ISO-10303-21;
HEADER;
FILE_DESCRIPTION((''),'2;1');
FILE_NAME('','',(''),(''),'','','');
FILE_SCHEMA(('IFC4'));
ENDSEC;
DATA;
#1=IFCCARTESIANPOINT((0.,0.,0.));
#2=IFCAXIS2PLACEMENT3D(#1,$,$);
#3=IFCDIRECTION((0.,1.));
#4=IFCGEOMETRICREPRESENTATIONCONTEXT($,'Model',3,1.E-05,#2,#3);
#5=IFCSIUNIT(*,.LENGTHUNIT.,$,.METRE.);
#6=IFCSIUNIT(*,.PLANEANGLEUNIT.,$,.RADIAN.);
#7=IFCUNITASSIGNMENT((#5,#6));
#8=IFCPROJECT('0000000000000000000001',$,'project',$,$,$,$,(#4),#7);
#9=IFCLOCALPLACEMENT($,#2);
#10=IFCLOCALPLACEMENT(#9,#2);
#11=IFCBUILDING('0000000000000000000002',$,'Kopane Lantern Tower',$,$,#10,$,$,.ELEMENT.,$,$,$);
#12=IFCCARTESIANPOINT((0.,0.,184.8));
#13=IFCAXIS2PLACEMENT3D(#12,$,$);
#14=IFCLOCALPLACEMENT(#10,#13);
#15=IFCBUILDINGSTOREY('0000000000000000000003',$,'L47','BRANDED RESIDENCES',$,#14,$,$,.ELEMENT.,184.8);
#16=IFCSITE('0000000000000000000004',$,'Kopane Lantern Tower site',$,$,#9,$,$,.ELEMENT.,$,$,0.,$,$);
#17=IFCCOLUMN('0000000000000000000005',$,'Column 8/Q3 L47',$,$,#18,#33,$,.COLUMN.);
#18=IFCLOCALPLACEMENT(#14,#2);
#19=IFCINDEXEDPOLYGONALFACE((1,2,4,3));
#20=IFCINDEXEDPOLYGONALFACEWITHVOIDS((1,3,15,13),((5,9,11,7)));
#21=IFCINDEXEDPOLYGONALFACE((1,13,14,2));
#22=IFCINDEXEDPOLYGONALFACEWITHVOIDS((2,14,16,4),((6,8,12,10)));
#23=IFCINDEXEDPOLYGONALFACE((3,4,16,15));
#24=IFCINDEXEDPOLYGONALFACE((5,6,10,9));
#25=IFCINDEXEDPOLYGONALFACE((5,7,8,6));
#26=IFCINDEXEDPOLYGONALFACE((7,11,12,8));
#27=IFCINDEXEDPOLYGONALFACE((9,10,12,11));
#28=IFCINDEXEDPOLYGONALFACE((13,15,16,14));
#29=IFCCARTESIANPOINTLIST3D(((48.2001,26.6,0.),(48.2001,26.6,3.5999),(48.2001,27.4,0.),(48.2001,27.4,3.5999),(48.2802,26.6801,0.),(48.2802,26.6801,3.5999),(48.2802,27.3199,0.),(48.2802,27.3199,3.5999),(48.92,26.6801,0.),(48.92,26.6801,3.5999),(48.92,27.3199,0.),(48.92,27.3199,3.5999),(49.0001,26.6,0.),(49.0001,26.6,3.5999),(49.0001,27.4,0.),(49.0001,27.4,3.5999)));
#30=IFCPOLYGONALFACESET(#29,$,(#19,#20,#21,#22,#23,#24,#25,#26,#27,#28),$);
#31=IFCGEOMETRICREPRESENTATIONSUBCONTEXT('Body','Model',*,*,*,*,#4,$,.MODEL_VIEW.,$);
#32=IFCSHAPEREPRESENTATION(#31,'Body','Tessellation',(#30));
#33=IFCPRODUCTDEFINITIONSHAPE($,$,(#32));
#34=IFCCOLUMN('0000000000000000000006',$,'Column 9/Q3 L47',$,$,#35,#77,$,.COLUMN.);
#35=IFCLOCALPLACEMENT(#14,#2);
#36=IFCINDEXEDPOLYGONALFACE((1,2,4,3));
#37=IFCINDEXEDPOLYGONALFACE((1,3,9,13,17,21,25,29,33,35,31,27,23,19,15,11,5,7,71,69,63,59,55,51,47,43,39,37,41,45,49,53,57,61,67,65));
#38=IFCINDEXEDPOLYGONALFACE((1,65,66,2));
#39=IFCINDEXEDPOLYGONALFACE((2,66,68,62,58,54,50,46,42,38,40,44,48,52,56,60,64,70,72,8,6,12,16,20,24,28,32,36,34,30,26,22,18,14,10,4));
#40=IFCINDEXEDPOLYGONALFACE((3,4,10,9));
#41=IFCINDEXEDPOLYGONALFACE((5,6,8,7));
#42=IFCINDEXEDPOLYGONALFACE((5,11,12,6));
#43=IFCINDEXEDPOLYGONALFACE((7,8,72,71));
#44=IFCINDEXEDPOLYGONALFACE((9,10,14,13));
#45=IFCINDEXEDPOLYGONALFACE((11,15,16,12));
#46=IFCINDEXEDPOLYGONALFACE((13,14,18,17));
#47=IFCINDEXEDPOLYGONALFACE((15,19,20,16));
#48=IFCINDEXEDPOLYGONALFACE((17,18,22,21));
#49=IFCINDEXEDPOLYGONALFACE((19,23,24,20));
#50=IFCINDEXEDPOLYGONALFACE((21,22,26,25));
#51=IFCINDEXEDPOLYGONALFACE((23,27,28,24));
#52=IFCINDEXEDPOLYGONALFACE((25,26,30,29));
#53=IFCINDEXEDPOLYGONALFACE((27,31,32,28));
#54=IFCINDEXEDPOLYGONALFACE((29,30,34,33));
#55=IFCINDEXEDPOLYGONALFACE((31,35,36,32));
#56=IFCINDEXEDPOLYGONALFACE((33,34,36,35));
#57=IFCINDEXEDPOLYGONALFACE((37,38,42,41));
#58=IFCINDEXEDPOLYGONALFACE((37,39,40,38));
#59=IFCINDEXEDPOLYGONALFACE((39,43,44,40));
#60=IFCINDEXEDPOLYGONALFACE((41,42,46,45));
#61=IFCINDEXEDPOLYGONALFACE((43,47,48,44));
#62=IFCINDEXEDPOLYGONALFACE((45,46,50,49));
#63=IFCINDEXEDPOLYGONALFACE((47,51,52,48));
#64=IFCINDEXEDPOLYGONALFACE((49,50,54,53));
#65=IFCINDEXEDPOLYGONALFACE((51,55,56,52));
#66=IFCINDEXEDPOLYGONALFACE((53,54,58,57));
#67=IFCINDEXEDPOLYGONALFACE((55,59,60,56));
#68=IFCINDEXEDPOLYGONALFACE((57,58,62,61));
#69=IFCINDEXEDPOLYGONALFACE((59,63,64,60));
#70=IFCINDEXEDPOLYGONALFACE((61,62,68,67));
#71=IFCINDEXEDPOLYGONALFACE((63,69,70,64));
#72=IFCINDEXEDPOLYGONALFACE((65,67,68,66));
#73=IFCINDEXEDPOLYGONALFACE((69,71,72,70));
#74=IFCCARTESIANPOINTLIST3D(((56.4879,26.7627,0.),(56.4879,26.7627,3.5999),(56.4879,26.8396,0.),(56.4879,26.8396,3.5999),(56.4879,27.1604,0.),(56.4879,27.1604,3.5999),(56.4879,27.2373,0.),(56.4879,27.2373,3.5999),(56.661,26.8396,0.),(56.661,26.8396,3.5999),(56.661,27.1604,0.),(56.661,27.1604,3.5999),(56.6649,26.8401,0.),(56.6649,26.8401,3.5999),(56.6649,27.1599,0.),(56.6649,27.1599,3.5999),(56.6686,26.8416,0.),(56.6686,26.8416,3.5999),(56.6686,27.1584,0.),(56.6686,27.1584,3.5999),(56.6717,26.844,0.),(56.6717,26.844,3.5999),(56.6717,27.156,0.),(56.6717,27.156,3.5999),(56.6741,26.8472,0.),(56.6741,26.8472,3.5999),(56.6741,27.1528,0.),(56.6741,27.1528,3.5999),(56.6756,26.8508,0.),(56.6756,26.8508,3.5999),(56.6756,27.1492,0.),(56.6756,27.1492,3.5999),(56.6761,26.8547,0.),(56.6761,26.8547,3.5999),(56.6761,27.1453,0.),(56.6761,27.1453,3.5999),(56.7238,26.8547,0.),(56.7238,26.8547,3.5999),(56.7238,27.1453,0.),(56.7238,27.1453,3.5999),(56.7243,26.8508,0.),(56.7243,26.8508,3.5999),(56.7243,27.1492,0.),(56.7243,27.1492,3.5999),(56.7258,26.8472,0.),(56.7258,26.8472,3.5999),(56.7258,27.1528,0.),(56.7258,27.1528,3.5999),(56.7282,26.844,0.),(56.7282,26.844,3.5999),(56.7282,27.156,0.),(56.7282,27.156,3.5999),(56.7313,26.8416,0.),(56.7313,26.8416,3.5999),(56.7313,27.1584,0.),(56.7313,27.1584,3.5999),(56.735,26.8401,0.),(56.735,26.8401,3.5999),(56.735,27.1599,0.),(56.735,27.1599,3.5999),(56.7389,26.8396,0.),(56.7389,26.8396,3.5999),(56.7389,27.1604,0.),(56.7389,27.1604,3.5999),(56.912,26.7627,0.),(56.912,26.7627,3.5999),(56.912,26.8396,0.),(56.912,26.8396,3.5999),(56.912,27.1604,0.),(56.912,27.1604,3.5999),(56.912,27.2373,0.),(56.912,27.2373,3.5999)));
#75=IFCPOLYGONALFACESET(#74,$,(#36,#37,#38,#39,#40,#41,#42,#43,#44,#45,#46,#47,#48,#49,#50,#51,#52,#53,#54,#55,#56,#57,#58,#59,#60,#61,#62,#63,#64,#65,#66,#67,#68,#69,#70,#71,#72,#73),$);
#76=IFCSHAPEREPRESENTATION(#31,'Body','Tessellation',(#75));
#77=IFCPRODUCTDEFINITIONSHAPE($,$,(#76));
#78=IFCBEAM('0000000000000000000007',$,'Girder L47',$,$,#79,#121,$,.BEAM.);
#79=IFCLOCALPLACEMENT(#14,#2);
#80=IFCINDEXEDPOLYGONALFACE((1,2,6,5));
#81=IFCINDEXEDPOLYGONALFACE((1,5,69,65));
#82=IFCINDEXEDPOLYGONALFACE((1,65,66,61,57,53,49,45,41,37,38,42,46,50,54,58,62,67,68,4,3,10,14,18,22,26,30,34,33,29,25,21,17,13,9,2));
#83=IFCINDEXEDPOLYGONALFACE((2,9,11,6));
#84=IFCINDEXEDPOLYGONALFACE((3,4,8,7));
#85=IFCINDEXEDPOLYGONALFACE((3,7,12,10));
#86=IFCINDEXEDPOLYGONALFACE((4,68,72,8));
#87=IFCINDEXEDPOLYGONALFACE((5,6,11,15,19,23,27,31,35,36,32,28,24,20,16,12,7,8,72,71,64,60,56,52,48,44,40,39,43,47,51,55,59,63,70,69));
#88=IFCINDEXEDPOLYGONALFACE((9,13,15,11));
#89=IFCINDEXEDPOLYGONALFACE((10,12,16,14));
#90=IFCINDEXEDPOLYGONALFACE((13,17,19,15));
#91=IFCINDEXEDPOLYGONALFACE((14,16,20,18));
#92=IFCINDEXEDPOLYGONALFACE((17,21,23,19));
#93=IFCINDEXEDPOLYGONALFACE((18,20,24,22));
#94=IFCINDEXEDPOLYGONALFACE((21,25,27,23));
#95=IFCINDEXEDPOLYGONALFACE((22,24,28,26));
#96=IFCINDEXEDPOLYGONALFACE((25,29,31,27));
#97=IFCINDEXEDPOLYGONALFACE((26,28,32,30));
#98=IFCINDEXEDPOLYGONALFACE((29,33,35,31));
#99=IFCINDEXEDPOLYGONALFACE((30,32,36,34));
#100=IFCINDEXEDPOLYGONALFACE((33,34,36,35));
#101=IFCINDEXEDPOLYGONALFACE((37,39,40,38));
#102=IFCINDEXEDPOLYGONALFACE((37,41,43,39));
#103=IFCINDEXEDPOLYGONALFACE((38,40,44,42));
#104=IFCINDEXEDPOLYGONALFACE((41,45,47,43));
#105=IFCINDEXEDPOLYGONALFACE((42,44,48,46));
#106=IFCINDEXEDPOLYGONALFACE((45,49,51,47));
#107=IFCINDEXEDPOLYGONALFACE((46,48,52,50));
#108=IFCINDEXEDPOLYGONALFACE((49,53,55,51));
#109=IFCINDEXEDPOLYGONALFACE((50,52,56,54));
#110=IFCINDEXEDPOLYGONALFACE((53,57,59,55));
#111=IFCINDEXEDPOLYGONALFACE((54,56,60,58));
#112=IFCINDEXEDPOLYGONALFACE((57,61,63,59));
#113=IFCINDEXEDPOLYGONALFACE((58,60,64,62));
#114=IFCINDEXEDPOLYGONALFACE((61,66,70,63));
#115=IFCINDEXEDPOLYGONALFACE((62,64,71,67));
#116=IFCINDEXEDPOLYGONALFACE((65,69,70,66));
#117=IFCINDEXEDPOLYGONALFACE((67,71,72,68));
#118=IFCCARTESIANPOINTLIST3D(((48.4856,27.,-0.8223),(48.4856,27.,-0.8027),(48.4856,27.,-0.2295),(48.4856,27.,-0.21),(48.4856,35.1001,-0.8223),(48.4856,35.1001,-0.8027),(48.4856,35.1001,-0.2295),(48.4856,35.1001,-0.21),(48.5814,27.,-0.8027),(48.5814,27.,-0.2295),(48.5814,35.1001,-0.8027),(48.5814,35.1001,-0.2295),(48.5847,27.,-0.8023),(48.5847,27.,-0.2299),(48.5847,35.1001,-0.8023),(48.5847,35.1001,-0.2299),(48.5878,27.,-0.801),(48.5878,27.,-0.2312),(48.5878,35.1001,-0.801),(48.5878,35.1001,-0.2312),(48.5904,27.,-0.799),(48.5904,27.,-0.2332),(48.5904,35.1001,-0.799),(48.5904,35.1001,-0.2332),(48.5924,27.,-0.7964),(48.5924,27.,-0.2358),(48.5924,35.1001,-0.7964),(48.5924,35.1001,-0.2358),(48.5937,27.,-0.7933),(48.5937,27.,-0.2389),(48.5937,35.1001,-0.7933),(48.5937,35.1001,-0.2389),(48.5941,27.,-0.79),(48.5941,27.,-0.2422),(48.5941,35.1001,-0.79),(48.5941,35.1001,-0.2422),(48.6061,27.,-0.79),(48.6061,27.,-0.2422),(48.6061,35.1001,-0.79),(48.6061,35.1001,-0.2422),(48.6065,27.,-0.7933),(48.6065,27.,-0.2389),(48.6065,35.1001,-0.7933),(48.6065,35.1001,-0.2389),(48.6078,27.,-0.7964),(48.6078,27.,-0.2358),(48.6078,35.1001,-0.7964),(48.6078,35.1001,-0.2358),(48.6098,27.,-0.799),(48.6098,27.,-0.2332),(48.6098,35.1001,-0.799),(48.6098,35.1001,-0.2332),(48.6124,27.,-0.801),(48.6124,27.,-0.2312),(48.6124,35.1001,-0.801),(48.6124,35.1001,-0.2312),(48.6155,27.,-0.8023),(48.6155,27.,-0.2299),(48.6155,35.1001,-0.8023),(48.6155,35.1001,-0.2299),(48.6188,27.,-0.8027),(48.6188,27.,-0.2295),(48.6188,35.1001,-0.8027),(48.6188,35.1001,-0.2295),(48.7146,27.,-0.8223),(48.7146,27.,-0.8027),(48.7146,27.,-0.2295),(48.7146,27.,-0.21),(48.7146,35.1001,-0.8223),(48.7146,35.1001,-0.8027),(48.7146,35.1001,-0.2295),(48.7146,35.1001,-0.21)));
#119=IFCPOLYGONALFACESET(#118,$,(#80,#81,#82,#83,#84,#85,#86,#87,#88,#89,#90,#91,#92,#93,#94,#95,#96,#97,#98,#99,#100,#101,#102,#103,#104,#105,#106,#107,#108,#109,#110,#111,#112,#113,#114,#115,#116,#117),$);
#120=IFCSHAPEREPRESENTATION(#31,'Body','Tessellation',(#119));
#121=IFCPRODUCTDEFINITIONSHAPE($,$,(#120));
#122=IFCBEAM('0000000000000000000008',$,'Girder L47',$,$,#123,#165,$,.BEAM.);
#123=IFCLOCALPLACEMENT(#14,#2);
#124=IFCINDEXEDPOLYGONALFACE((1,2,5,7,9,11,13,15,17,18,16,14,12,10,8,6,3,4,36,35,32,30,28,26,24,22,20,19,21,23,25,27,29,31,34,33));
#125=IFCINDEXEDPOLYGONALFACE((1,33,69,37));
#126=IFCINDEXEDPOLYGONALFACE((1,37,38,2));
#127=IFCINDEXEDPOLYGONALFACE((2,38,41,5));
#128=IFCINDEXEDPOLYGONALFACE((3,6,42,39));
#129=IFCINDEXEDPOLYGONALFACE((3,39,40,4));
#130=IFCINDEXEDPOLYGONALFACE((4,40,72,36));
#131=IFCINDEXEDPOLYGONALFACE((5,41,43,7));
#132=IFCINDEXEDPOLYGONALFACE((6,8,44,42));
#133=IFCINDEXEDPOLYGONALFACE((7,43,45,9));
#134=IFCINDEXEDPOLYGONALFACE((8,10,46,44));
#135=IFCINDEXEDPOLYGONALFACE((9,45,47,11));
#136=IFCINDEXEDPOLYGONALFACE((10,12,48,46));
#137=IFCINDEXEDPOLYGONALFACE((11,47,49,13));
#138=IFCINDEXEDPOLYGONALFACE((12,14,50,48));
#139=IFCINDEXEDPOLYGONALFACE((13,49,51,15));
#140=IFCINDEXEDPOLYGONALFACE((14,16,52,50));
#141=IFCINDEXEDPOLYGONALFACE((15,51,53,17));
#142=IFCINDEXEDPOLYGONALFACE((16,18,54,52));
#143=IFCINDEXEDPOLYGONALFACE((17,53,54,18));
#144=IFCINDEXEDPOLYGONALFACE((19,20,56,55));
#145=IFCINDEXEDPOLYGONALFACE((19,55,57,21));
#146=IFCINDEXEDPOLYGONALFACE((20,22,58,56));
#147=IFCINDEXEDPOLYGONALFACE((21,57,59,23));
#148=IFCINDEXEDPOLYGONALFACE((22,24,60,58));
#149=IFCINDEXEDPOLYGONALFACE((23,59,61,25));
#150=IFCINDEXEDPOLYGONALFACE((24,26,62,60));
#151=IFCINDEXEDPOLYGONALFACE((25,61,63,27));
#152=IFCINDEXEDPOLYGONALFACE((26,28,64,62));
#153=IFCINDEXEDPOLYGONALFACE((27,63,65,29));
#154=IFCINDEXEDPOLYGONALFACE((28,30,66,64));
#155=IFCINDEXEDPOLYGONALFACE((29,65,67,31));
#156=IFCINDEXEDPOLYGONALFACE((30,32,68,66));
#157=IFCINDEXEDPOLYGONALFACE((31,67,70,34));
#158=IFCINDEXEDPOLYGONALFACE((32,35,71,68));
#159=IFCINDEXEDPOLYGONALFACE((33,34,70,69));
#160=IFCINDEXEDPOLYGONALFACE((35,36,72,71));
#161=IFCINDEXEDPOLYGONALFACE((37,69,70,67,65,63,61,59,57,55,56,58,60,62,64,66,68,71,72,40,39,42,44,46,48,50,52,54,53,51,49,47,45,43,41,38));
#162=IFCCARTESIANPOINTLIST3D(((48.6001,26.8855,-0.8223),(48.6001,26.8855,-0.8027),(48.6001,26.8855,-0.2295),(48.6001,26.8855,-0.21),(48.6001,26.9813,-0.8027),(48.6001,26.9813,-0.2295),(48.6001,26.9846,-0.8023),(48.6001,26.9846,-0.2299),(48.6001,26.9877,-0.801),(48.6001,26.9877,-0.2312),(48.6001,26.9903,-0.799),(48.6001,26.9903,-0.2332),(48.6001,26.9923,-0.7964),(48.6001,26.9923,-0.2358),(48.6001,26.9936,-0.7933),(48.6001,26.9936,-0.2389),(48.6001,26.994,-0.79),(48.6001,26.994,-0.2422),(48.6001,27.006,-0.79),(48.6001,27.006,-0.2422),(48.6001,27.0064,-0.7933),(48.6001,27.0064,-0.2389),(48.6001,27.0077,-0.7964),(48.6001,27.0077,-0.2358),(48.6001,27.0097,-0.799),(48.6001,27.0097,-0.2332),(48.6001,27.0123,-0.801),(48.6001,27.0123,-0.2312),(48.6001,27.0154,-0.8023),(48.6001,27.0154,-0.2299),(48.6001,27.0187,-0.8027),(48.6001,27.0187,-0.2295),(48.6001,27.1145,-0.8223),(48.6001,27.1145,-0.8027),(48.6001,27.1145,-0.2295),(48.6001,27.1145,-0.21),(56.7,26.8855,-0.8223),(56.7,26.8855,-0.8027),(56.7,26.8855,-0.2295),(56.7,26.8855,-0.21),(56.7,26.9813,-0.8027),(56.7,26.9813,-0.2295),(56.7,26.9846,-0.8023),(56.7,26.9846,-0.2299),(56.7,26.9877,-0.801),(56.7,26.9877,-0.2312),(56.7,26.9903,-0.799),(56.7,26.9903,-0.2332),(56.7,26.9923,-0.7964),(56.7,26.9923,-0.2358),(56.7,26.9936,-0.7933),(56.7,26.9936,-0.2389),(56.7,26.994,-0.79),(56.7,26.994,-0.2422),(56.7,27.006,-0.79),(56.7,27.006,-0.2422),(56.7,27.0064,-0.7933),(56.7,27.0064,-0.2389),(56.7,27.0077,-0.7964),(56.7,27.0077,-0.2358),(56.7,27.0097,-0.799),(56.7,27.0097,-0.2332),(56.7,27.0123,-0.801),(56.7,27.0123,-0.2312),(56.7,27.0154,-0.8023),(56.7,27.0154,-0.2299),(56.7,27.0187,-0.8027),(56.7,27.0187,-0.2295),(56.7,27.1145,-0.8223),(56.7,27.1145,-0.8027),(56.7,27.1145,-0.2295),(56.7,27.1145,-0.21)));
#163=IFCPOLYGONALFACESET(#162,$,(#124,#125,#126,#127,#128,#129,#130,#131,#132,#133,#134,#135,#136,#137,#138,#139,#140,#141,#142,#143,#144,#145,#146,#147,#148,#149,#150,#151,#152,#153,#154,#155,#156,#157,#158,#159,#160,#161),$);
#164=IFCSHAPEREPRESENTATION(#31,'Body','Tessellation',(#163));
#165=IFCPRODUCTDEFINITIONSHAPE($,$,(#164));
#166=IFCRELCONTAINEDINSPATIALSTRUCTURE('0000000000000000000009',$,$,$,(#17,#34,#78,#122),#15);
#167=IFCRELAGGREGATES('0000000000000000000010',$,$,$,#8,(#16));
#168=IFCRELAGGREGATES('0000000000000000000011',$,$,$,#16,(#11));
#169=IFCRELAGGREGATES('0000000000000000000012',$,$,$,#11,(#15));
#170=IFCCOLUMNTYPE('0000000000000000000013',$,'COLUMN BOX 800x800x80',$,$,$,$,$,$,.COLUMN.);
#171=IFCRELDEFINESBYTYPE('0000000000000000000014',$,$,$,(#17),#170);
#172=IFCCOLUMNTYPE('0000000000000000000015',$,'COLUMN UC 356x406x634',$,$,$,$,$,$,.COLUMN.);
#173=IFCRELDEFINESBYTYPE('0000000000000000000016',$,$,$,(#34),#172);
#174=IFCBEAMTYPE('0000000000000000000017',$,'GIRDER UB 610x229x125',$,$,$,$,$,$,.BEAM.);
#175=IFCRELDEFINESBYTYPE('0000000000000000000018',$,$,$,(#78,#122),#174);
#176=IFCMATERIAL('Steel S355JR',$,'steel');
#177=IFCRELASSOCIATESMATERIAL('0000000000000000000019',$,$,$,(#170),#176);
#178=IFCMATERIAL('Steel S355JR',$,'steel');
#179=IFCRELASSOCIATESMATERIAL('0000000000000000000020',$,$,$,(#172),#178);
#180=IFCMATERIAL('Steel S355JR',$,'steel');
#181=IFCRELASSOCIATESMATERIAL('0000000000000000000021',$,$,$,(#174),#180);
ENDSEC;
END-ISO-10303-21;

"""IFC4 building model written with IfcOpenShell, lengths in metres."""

from ifc_helpers import new_model, si_unit, direction, frame, origin, origin_2d, place, context, subcontext, project, spatial, hollow_rectangle, i_section, extrude, material, material_profile, profile_set, type_object, element, save


model = new_model("IFC4")

# Units and contexts
model_context = context("Model", 3, precision=1e-05, world=origin(), true_north=direction((0.0, 1.0)))
body_context = subcontext(model_context, "Body", "Model", "MODEL_VIEW")
ifc_project = project(units=[si_unit("LENGTHUNIT", "METRE"), si_unit("PLANEANGLEUNIT", "RADIAN")], contexts=[model_context])

# Site, building, storey
site_placement = place(None, origin())
site = spatial("IfcSite", under=ifc_project, at=site_placement, Name="Kopane Lantern Tower site", CompositionType="ELEMENT", RefElevation=0.0)
building_placement = place(site_placement, origin())
building = spatial("IfcBuilding", under=site, at=building_placement, Name="Kopane Lantern Tower", CompositionType="ELEMENT")
storey_placement = place(building_placement, frame((0.0, 0.0, 184.8)))
storey = spatial("IfcBuildingStorey", under=building, at=storey_placement, Name="L47", Description="BRANDED RESIDENCES", CompositionType="ELEMENT", Elevation=184.8)

# Columns
ifc_material_1 = material(Name="Steel S355JR", Category="steel")
ifc_material_profile_1 = material_profile(ifc_material_1, hollow_rectangle(XDim=0.8, YDim=0.8, WallThickness=0.0801, at=origin_2d()), Name="BOX 800x800x80")
ifc_profile_set_1 = profile_set([ifc_material_profile_1], Name="Steel S355JR")
column_type_1 = type_object("IfcColumnType", Name="COLUMN BOX 800x800x80", PredefinedType="COLUMN", material=ifc_profile_set_1)
column_1_placement = place(storey_placement, frame((48.6001, 27.0, 0.0), z_axis=(0.0, 0.0, 1.0), x_axis=(1.0, 0.0, 0.0)))
element("IfcColumn", 1, at=column_1_placement, inside=storey, type_object=column_type_1, Name="Column 8/Q3 L47", PredefinedType="COLUMN", context=body_context, shape_type="SweptSolid", body=[
    extrude(hollow_rectangle(XDim=0.8, YDim=0.8, WallThickness=0.0801, at=origin_2d()), origin(), (0.0, 0.0, 1.0), 3.5999),
])
ifc_material_2 = material(Name="Steel S355JR", Category="steel")
ifc_material_profile_2 = material_profile(ifc_material_2, i_section(OverallWidth=0.4241, OverallDepth=0.4746, WebThickness=0.0476, FlangeThickness=0.0769, FilletRadius=0.0151, at=origin_2d()), Name="UC 356x406x634")
ifc_profile_set_2 = profile_set([ifc_material_profile_2], Name="Steel S355JR")
column_type_2 = type_object("IfcColumnType", Name="COLUMN UC 356x406x634", PredefinedType="COLUMN", material=ifc_profile_set_2)
column_2_placement = place(storey_placement, frame((56.7, 27.0, 0.0), z_axis=(0.0, 0.0, 1.0), x_axis=(1.0, 0.0, 0.0)))
element("IfcColumn", 2, at=column_2_placement, inside=storey, type_object=column_type_2, Name="Column 9/Q3 L47", PredefinedType="COLUMN", context=body_context, shape_type="SweptSolid", body=[
    extrude(i_section(OverallWidth=0.4241, OverallDepth=0.4746, WebThickness=0.0476, FlangeThickness=0.0769, FilletRadius=0.0151, at=origin_2d()), origin(), (0.0, 0.0, 1.0), 3.5999),
])

# Beams
ifc_material_3 = material(Name="Steel S355JR", Category="steel")
ifc_material_profile_3 = material_profile(ifc_material_3, i_section(OverallWidth=0.229, OverallDepth=0.6123, WebThickness=0.012, FlangeThickness=0.0195, FilletRadius=0.0127, at=origin_2d()), Name="UB 610x229x125")
ifc_profile_set_3 = profile_set([ifc_material_profile_3], Name="Steel S355JR")
beam_type = type_object("IfcBeamType", Name="GIRDER UB 610x229x125", PredefinedType="BEAM", material=ifc_profile_set_3)
beam_1_placement = place(storey_placement, frame((48.6001, 27.0, -0.5161), z_axis=(0.0, 1.0, 0.0), x_axis=(-1.0, 0.0, 0.0)))
element("IfcBeam", 3, at=beam_1_placement, inside=storey, type_object=beam_type, Name="Girder L47", PredefinedType="BEAM", context=body_context, shape_type="SweptSolid", body=[
    extrude(i_section(OverallWidth=0.229, OverallDepth=0.6123, WebThickness=0.012, FlangeThickness=0.0195, FilletRadius=0.0127, at=origin_2d()), origin(), (0.0, 0.0, 1.0), 8.1001),
])
beam_2_placement = place(storey_placement, frame((48.6001, 27.0, -0.5161), z_axis=(1.0, 0.0, 0.0), x_axis=(0.0, 1.0, 0.0)))
element("IfcBeam", 4, at=beam_2_placement, inside=storey, type_object=beam_type, Name="Girder L47", PredefinedType="BEAM", context=body_context, shape_type="SweptSolid", body=[
    extrude(i_section(OverallWidth=0.229, OverallDepth=0.6123, WebThickness=0.012, FlangeThickness=0.0195, FilletRadius=0.0127, at=origin_2d()), origin(), (0.0, 0.0, 1.0), 8.0999),
])

save(model, "model.ifc")
